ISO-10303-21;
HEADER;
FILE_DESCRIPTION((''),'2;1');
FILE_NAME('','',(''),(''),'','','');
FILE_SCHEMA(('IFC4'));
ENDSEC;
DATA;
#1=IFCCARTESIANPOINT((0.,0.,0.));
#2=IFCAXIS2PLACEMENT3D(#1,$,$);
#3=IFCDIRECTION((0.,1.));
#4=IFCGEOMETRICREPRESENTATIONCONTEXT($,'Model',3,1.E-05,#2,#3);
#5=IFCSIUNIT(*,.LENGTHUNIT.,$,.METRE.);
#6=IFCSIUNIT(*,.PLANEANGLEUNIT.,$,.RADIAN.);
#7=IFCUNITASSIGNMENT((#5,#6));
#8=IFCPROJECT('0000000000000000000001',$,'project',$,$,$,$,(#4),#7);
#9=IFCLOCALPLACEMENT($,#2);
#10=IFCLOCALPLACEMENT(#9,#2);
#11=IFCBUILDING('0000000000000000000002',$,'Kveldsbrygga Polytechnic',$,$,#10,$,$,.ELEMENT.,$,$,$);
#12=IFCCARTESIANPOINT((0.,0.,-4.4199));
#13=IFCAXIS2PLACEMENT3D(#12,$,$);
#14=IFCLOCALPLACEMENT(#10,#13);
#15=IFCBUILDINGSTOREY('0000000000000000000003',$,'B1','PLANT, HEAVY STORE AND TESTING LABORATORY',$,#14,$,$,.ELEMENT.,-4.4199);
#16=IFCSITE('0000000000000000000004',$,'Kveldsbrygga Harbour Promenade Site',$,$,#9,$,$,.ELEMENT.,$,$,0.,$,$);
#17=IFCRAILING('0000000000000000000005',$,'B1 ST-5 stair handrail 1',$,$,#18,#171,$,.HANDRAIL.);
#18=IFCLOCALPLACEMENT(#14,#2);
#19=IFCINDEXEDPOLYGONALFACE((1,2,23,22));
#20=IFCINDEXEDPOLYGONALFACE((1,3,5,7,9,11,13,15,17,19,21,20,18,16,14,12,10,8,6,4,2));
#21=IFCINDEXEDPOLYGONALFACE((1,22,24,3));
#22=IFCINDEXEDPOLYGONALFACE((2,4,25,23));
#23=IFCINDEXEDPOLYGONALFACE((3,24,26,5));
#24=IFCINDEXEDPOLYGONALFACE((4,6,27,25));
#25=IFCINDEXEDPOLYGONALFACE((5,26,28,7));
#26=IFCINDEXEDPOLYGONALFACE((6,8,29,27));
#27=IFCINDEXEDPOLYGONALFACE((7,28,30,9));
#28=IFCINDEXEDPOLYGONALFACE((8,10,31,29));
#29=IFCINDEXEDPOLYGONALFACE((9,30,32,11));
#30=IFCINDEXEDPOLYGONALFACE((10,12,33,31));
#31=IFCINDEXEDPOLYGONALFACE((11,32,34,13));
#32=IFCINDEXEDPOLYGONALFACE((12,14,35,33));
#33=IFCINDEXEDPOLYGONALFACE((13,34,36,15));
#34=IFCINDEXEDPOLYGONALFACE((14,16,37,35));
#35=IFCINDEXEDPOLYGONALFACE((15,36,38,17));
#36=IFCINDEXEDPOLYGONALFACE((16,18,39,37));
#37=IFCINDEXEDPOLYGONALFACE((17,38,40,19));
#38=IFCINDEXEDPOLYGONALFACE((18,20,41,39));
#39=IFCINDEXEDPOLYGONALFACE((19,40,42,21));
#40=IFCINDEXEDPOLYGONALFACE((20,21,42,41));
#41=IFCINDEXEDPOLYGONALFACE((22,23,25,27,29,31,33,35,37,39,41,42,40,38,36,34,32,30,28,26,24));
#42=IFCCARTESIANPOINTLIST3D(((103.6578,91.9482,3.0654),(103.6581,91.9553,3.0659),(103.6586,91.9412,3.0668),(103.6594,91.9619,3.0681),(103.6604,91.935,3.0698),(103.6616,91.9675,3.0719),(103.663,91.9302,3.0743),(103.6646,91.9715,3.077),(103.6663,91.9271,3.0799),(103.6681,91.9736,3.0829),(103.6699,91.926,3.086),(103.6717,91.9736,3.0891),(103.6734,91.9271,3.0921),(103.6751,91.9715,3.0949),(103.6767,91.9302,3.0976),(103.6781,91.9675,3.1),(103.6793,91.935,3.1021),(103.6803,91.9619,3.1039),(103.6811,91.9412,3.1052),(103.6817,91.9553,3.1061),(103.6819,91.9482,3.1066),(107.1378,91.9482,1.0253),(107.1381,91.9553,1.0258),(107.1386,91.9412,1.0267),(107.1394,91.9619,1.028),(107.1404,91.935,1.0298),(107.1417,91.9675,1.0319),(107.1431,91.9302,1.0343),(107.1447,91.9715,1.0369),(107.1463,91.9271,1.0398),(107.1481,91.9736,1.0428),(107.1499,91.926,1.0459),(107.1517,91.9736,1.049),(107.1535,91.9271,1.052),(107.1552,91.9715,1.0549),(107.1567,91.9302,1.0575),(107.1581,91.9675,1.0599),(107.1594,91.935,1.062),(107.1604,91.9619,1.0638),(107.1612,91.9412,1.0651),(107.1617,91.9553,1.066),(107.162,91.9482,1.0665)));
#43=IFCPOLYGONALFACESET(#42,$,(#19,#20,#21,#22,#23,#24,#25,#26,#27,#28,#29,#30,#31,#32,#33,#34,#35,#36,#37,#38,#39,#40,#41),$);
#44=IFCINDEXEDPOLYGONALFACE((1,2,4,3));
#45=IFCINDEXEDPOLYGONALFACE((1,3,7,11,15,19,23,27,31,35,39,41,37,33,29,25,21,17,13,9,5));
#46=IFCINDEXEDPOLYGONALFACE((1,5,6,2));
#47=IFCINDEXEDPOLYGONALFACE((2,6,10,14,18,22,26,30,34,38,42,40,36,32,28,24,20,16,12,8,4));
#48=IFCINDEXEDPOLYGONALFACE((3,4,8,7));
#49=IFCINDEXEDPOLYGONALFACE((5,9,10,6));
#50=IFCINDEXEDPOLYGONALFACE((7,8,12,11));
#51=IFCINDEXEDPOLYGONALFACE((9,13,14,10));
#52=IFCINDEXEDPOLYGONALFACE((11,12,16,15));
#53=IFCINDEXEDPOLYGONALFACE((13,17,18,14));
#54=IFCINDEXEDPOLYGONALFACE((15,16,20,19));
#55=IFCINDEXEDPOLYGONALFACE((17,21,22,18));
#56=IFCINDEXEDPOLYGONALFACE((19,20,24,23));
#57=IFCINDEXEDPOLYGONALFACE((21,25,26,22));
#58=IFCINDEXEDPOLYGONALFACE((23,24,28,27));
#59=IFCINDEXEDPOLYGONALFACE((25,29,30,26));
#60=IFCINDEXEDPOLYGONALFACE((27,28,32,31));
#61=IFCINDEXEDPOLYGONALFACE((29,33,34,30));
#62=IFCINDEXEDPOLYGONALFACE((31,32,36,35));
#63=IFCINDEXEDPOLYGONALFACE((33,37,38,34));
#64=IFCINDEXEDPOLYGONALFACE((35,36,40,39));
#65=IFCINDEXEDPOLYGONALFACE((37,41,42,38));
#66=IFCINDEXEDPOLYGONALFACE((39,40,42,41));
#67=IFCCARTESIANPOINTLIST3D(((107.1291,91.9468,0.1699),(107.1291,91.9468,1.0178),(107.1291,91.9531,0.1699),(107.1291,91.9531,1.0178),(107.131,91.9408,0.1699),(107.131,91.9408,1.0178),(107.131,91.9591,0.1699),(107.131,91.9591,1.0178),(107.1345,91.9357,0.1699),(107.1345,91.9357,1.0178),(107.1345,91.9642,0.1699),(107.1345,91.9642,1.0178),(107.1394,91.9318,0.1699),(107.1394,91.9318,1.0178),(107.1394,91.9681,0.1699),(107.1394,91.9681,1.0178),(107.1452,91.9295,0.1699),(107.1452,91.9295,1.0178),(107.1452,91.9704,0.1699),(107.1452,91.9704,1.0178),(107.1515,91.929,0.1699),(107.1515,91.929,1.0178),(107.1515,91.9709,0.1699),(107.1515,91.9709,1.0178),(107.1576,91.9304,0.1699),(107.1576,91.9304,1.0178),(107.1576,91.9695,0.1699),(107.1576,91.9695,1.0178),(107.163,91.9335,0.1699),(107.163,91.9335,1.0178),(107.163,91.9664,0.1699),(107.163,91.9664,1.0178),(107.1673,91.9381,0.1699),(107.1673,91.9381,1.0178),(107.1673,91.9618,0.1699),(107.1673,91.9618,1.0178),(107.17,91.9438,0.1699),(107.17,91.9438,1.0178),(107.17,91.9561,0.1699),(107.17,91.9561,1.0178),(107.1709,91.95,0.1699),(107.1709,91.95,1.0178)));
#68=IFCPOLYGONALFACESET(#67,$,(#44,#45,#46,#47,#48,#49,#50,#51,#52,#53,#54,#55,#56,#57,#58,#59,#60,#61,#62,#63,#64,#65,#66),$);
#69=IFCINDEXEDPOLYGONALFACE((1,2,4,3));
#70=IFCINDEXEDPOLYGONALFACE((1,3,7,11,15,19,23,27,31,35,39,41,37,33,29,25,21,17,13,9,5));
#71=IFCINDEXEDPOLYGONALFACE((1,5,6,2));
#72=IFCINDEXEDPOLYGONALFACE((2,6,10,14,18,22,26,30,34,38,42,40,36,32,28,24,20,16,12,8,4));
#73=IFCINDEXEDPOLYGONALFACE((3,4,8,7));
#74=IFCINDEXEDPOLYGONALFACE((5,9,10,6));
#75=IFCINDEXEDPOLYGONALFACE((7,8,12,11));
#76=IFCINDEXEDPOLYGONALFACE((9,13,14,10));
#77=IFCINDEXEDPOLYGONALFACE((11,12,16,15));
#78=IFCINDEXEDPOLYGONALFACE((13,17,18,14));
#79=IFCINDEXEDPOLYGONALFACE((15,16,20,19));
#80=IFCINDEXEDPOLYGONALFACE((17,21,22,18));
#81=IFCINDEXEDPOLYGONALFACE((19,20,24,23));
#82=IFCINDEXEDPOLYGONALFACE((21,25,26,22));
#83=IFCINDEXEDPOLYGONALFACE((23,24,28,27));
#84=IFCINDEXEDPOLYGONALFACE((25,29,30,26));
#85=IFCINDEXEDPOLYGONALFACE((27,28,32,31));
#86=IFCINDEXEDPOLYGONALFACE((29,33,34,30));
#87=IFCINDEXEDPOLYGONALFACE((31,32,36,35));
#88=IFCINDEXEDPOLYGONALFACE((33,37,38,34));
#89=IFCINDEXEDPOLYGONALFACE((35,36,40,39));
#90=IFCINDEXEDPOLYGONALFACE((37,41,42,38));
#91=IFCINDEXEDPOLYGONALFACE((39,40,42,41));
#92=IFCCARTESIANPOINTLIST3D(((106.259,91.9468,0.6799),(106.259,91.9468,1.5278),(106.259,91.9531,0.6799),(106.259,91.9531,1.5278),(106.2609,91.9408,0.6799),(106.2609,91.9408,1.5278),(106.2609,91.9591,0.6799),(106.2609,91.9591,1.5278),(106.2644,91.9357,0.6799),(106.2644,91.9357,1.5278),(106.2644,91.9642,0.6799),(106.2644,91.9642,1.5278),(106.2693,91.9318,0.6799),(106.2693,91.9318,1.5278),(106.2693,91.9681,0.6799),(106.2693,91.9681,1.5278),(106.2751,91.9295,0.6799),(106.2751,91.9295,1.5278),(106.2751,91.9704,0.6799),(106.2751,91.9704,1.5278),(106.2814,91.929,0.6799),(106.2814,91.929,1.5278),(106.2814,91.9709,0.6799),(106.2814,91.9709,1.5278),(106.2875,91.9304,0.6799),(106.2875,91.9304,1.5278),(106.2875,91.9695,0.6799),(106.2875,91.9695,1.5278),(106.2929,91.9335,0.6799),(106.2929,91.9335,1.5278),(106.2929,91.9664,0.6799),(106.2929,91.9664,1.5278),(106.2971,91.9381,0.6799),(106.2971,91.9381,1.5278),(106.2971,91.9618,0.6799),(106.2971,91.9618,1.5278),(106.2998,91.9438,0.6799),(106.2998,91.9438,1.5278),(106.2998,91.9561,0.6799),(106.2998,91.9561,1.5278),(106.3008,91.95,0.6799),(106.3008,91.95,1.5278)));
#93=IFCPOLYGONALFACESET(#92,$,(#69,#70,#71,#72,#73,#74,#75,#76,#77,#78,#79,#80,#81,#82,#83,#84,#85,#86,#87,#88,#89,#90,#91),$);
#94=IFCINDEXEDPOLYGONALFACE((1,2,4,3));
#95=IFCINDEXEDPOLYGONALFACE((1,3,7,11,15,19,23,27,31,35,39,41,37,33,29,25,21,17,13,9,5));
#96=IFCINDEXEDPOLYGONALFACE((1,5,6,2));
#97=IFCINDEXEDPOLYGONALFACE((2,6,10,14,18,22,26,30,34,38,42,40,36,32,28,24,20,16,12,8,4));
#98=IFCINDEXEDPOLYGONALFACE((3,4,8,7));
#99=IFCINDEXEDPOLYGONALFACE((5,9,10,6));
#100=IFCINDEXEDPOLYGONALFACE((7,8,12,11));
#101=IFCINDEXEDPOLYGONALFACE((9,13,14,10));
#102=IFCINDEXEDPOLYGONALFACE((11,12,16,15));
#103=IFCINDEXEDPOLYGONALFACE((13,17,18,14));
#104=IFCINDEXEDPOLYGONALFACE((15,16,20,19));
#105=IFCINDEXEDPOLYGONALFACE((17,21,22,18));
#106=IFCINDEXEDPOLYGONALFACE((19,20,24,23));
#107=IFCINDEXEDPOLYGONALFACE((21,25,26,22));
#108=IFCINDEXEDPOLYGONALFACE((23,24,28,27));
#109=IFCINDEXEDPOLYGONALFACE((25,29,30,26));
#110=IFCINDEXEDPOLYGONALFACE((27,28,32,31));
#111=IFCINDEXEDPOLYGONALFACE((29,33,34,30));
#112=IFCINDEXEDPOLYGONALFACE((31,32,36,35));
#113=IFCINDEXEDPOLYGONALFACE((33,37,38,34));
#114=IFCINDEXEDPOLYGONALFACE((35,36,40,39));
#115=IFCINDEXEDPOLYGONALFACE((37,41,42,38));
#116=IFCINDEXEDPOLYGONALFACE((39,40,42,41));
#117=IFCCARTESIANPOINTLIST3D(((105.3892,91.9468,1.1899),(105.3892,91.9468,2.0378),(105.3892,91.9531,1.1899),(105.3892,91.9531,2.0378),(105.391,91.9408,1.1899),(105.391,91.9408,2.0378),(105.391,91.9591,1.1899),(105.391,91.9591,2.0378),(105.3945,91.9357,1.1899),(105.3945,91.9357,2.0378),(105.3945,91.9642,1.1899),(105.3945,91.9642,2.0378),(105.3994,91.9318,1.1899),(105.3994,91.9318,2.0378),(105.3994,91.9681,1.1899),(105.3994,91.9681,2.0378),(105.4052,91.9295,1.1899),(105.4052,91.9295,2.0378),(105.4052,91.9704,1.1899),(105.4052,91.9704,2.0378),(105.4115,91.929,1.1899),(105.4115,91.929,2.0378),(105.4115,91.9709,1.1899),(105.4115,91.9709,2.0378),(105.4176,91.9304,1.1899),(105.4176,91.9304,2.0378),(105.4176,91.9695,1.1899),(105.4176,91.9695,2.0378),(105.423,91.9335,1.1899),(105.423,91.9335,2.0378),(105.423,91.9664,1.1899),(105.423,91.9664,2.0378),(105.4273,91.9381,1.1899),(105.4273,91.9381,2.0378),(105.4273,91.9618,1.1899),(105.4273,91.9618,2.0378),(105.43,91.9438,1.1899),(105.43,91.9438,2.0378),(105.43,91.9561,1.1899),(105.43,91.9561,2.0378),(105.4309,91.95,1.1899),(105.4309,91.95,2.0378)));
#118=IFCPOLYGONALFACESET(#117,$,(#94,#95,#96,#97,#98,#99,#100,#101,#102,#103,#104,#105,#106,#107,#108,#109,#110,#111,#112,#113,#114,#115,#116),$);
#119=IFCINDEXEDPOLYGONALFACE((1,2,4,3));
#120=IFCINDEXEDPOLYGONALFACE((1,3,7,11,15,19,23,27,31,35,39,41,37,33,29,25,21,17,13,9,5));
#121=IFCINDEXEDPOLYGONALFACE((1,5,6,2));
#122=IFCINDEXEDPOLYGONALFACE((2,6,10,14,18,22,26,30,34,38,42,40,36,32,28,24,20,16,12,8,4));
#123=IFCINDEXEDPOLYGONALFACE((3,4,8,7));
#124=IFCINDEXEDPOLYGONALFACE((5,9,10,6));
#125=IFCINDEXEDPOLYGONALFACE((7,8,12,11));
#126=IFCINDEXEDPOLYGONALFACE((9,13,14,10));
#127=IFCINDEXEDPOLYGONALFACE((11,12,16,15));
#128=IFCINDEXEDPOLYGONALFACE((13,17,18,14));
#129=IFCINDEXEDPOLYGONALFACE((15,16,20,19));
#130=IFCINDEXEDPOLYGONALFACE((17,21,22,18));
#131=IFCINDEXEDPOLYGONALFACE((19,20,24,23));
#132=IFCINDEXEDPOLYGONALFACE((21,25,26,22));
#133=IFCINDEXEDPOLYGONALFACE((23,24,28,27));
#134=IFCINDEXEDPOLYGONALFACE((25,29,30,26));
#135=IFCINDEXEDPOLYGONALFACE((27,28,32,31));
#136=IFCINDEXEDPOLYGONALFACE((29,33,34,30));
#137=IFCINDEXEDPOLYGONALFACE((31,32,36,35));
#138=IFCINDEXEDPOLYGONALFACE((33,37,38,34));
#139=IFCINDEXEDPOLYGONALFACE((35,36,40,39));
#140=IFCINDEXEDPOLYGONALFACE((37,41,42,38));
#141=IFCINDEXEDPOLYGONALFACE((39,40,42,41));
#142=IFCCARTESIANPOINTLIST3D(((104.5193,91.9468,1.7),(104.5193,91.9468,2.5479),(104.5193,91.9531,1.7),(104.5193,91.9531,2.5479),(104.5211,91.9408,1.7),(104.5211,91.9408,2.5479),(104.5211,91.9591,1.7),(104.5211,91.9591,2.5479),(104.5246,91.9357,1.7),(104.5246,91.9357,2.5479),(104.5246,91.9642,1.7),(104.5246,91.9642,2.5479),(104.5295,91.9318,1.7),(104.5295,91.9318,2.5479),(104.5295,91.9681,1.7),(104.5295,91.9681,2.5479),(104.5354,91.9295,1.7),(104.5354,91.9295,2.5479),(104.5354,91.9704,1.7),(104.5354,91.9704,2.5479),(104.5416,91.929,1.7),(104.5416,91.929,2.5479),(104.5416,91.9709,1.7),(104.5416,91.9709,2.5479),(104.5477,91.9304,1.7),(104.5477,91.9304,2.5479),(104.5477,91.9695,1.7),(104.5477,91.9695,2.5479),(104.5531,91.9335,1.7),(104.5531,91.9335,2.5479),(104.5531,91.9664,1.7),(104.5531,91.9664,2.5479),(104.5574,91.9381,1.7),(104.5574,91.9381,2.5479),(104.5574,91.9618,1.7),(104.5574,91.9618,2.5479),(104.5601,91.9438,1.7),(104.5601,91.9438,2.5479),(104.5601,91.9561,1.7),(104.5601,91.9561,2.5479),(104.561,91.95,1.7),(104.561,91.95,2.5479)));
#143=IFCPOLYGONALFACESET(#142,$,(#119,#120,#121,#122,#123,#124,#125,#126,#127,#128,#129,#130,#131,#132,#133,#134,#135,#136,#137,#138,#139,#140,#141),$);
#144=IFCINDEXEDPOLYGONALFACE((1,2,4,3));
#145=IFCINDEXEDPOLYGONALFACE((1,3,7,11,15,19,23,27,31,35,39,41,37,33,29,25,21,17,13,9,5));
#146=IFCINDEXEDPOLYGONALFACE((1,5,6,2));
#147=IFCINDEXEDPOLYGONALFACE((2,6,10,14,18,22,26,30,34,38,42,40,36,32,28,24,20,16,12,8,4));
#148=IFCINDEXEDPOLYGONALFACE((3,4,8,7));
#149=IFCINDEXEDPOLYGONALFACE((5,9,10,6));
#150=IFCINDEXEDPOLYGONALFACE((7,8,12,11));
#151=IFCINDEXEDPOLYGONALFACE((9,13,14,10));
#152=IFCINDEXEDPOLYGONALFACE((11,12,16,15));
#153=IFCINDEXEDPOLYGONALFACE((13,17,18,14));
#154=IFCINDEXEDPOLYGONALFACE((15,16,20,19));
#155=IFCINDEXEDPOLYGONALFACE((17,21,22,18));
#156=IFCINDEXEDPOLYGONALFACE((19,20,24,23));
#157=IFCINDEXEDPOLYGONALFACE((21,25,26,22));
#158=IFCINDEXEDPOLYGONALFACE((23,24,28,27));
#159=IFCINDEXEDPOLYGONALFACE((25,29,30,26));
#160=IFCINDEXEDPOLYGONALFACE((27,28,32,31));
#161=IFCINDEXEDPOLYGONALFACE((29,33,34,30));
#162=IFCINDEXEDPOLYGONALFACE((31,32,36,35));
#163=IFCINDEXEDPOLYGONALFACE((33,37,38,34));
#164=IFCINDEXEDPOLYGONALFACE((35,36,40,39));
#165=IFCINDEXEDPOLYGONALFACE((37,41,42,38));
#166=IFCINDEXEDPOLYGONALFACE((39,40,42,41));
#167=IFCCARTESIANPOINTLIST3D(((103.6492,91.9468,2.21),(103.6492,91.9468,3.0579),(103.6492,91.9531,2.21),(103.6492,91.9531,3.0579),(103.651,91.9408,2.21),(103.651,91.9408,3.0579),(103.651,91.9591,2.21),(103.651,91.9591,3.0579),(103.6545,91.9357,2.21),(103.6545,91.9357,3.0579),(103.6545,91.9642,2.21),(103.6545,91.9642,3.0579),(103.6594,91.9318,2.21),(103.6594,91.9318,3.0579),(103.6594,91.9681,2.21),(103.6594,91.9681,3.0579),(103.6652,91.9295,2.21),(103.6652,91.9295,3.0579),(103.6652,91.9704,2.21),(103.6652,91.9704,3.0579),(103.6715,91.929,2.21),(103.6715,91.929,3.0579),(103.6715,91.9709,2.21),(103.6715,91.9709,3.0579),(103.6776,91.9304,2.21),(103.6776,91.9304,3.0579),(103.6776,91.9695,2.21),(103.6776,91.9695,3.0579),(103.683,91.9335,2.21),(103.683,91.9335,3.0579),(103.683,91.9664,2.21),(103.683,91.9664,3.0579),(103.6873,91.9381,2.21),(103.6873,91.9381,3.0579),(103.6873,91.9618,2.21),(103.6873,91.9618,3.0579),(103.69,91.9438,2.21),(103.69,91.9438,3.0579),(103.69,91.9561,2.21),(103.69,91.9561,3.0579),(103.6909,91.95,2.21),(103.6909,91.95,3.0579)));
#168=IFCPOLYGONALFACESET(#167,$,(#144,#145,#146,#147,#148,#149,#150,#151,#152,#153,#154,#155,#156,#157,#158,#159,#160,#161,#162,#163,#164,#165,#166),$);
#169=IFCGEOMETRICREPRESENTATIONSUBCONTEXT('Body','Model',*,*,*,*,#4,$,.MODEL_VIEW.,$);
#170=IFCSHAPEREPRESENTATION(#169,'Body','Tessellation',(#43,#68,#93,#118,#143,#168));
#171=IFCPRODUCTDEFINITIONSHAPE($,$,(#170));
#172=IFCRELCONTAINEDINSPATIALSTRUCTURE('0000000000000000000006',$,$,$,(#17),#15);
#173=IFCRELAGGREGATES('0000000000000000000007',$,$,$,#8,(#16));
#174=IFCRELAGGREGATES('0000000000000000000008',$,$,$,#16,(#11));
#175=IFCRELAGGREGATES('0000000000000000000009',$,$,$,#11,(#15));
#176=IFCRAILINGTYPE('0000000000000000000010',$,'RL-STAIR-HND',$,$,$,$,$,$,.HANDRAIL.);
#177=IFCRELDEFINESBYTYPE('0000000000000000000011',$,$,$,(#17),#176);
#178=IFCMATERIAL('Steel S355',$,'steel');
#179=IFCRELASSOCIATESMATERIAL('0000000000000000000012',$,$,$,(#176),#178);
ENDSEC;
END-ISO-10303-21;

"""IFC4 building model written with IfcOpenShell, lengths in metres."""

from ifc_helpers import new_model, si_unit, direction, frame, origin, origin_2d, place, context, subcontext, project, spatial, circle, extrude, material, type_object, element, save


model = new_model("IFC4")

# Units and contexts
model_context = context("Model", 3, precision=1e-05, world=origin(), true_north=direction((0.0, 1.0)))
body_context = subcontext(model_context, "Body", "Model", "MODEL_VIEW")
ifc_project = project(units=[si_unit("LENGTHUNIT", "METRE"), si_unit("PLANEANGLEUNIT", "RADIAN")], contexts=[model_context])

# Site, building, storey
site_placement = place(None, origin())
site = spatial("IfcSite", under=ifc_project, at=site_placement, Name="Kveldsbrygga Harbour Promenade Site", CompositionType="ELEMENT", RefElevation=0.0)
building_placement = place(site_placement, origin())
building = spatial("IfcBuilding", under=site, at=building_placement, Name="Kveldsbrygga Polytechnic", CompositionType="ELEMENT")
storey_placement = place(building_placement, frame((0.0, 0.0, -4.4199)))
storey = spatial("IfcBuildingStorey", under=building, at=storey_placement, Name="B1", Description="PLANT, HEAVY STORE AND TESTING LABORATORY", CompositionType="ELEMENT", Elevation=-4.4199)

# Shared definitions
ifc_material_1 = material(Name="Steel S355", Category="steel")

# Railing
railing_type_1 = type_object("IfcRailingType", Name="RL-STAIR-HND", PredefinedType="HANDRAIL", material=ifc_material_1)
railing_1_placement = place(storey_placement, frame((107.1499, 91.95, 0.1699)))
element("IfcRailing", 1, at=railing_1_placement, inside=storey, type_object=railing_type_1, Name="B1 ST-5 stair handrail 1", PredefinedType="HANDRAIL", context=body_context, shape_type="SweptSolid", body=[
    extrude(circle(Radius=0.0239, at=origin_2d()), frame((0.0, 0.0, 0.876), z_axis=(-0.862693, 0.0, 0.505729), x_axis=(0.0, -1.0, 0.0)), (0.0, 0.0, 1.0), 4.0339),
    extrude(circle(Radius=0.021, at=origin_2d()), origin(), (0.0, 0.0, 1.0), 0.8479),
    extrude(circle(Radius=0.021, at=origin_2d()), frame((-0.8701, 0.0, 0.51)), (0.0, 0.0, 1.0), 0.8479),
    extrude(circle(Radius=0.021, at=origin_2d()), frame((-1.74, 0.0, 1.02)), (0.0, 0.0, 1.0), 0.8479),
    extrude(circle(Radius=0.021, at=origin_2d()), frame((-2.6099, 0.0, 1.53)), (0.0, 0.0, 1.0), 0.8479),
    extrude(circle(Radius=0.021, at=origin_2d()), frame((-3.48, 0.0, 2.04)), (0.0, 0.0, 1.0), 0.8479),
])

save(model, "model.ifc")
